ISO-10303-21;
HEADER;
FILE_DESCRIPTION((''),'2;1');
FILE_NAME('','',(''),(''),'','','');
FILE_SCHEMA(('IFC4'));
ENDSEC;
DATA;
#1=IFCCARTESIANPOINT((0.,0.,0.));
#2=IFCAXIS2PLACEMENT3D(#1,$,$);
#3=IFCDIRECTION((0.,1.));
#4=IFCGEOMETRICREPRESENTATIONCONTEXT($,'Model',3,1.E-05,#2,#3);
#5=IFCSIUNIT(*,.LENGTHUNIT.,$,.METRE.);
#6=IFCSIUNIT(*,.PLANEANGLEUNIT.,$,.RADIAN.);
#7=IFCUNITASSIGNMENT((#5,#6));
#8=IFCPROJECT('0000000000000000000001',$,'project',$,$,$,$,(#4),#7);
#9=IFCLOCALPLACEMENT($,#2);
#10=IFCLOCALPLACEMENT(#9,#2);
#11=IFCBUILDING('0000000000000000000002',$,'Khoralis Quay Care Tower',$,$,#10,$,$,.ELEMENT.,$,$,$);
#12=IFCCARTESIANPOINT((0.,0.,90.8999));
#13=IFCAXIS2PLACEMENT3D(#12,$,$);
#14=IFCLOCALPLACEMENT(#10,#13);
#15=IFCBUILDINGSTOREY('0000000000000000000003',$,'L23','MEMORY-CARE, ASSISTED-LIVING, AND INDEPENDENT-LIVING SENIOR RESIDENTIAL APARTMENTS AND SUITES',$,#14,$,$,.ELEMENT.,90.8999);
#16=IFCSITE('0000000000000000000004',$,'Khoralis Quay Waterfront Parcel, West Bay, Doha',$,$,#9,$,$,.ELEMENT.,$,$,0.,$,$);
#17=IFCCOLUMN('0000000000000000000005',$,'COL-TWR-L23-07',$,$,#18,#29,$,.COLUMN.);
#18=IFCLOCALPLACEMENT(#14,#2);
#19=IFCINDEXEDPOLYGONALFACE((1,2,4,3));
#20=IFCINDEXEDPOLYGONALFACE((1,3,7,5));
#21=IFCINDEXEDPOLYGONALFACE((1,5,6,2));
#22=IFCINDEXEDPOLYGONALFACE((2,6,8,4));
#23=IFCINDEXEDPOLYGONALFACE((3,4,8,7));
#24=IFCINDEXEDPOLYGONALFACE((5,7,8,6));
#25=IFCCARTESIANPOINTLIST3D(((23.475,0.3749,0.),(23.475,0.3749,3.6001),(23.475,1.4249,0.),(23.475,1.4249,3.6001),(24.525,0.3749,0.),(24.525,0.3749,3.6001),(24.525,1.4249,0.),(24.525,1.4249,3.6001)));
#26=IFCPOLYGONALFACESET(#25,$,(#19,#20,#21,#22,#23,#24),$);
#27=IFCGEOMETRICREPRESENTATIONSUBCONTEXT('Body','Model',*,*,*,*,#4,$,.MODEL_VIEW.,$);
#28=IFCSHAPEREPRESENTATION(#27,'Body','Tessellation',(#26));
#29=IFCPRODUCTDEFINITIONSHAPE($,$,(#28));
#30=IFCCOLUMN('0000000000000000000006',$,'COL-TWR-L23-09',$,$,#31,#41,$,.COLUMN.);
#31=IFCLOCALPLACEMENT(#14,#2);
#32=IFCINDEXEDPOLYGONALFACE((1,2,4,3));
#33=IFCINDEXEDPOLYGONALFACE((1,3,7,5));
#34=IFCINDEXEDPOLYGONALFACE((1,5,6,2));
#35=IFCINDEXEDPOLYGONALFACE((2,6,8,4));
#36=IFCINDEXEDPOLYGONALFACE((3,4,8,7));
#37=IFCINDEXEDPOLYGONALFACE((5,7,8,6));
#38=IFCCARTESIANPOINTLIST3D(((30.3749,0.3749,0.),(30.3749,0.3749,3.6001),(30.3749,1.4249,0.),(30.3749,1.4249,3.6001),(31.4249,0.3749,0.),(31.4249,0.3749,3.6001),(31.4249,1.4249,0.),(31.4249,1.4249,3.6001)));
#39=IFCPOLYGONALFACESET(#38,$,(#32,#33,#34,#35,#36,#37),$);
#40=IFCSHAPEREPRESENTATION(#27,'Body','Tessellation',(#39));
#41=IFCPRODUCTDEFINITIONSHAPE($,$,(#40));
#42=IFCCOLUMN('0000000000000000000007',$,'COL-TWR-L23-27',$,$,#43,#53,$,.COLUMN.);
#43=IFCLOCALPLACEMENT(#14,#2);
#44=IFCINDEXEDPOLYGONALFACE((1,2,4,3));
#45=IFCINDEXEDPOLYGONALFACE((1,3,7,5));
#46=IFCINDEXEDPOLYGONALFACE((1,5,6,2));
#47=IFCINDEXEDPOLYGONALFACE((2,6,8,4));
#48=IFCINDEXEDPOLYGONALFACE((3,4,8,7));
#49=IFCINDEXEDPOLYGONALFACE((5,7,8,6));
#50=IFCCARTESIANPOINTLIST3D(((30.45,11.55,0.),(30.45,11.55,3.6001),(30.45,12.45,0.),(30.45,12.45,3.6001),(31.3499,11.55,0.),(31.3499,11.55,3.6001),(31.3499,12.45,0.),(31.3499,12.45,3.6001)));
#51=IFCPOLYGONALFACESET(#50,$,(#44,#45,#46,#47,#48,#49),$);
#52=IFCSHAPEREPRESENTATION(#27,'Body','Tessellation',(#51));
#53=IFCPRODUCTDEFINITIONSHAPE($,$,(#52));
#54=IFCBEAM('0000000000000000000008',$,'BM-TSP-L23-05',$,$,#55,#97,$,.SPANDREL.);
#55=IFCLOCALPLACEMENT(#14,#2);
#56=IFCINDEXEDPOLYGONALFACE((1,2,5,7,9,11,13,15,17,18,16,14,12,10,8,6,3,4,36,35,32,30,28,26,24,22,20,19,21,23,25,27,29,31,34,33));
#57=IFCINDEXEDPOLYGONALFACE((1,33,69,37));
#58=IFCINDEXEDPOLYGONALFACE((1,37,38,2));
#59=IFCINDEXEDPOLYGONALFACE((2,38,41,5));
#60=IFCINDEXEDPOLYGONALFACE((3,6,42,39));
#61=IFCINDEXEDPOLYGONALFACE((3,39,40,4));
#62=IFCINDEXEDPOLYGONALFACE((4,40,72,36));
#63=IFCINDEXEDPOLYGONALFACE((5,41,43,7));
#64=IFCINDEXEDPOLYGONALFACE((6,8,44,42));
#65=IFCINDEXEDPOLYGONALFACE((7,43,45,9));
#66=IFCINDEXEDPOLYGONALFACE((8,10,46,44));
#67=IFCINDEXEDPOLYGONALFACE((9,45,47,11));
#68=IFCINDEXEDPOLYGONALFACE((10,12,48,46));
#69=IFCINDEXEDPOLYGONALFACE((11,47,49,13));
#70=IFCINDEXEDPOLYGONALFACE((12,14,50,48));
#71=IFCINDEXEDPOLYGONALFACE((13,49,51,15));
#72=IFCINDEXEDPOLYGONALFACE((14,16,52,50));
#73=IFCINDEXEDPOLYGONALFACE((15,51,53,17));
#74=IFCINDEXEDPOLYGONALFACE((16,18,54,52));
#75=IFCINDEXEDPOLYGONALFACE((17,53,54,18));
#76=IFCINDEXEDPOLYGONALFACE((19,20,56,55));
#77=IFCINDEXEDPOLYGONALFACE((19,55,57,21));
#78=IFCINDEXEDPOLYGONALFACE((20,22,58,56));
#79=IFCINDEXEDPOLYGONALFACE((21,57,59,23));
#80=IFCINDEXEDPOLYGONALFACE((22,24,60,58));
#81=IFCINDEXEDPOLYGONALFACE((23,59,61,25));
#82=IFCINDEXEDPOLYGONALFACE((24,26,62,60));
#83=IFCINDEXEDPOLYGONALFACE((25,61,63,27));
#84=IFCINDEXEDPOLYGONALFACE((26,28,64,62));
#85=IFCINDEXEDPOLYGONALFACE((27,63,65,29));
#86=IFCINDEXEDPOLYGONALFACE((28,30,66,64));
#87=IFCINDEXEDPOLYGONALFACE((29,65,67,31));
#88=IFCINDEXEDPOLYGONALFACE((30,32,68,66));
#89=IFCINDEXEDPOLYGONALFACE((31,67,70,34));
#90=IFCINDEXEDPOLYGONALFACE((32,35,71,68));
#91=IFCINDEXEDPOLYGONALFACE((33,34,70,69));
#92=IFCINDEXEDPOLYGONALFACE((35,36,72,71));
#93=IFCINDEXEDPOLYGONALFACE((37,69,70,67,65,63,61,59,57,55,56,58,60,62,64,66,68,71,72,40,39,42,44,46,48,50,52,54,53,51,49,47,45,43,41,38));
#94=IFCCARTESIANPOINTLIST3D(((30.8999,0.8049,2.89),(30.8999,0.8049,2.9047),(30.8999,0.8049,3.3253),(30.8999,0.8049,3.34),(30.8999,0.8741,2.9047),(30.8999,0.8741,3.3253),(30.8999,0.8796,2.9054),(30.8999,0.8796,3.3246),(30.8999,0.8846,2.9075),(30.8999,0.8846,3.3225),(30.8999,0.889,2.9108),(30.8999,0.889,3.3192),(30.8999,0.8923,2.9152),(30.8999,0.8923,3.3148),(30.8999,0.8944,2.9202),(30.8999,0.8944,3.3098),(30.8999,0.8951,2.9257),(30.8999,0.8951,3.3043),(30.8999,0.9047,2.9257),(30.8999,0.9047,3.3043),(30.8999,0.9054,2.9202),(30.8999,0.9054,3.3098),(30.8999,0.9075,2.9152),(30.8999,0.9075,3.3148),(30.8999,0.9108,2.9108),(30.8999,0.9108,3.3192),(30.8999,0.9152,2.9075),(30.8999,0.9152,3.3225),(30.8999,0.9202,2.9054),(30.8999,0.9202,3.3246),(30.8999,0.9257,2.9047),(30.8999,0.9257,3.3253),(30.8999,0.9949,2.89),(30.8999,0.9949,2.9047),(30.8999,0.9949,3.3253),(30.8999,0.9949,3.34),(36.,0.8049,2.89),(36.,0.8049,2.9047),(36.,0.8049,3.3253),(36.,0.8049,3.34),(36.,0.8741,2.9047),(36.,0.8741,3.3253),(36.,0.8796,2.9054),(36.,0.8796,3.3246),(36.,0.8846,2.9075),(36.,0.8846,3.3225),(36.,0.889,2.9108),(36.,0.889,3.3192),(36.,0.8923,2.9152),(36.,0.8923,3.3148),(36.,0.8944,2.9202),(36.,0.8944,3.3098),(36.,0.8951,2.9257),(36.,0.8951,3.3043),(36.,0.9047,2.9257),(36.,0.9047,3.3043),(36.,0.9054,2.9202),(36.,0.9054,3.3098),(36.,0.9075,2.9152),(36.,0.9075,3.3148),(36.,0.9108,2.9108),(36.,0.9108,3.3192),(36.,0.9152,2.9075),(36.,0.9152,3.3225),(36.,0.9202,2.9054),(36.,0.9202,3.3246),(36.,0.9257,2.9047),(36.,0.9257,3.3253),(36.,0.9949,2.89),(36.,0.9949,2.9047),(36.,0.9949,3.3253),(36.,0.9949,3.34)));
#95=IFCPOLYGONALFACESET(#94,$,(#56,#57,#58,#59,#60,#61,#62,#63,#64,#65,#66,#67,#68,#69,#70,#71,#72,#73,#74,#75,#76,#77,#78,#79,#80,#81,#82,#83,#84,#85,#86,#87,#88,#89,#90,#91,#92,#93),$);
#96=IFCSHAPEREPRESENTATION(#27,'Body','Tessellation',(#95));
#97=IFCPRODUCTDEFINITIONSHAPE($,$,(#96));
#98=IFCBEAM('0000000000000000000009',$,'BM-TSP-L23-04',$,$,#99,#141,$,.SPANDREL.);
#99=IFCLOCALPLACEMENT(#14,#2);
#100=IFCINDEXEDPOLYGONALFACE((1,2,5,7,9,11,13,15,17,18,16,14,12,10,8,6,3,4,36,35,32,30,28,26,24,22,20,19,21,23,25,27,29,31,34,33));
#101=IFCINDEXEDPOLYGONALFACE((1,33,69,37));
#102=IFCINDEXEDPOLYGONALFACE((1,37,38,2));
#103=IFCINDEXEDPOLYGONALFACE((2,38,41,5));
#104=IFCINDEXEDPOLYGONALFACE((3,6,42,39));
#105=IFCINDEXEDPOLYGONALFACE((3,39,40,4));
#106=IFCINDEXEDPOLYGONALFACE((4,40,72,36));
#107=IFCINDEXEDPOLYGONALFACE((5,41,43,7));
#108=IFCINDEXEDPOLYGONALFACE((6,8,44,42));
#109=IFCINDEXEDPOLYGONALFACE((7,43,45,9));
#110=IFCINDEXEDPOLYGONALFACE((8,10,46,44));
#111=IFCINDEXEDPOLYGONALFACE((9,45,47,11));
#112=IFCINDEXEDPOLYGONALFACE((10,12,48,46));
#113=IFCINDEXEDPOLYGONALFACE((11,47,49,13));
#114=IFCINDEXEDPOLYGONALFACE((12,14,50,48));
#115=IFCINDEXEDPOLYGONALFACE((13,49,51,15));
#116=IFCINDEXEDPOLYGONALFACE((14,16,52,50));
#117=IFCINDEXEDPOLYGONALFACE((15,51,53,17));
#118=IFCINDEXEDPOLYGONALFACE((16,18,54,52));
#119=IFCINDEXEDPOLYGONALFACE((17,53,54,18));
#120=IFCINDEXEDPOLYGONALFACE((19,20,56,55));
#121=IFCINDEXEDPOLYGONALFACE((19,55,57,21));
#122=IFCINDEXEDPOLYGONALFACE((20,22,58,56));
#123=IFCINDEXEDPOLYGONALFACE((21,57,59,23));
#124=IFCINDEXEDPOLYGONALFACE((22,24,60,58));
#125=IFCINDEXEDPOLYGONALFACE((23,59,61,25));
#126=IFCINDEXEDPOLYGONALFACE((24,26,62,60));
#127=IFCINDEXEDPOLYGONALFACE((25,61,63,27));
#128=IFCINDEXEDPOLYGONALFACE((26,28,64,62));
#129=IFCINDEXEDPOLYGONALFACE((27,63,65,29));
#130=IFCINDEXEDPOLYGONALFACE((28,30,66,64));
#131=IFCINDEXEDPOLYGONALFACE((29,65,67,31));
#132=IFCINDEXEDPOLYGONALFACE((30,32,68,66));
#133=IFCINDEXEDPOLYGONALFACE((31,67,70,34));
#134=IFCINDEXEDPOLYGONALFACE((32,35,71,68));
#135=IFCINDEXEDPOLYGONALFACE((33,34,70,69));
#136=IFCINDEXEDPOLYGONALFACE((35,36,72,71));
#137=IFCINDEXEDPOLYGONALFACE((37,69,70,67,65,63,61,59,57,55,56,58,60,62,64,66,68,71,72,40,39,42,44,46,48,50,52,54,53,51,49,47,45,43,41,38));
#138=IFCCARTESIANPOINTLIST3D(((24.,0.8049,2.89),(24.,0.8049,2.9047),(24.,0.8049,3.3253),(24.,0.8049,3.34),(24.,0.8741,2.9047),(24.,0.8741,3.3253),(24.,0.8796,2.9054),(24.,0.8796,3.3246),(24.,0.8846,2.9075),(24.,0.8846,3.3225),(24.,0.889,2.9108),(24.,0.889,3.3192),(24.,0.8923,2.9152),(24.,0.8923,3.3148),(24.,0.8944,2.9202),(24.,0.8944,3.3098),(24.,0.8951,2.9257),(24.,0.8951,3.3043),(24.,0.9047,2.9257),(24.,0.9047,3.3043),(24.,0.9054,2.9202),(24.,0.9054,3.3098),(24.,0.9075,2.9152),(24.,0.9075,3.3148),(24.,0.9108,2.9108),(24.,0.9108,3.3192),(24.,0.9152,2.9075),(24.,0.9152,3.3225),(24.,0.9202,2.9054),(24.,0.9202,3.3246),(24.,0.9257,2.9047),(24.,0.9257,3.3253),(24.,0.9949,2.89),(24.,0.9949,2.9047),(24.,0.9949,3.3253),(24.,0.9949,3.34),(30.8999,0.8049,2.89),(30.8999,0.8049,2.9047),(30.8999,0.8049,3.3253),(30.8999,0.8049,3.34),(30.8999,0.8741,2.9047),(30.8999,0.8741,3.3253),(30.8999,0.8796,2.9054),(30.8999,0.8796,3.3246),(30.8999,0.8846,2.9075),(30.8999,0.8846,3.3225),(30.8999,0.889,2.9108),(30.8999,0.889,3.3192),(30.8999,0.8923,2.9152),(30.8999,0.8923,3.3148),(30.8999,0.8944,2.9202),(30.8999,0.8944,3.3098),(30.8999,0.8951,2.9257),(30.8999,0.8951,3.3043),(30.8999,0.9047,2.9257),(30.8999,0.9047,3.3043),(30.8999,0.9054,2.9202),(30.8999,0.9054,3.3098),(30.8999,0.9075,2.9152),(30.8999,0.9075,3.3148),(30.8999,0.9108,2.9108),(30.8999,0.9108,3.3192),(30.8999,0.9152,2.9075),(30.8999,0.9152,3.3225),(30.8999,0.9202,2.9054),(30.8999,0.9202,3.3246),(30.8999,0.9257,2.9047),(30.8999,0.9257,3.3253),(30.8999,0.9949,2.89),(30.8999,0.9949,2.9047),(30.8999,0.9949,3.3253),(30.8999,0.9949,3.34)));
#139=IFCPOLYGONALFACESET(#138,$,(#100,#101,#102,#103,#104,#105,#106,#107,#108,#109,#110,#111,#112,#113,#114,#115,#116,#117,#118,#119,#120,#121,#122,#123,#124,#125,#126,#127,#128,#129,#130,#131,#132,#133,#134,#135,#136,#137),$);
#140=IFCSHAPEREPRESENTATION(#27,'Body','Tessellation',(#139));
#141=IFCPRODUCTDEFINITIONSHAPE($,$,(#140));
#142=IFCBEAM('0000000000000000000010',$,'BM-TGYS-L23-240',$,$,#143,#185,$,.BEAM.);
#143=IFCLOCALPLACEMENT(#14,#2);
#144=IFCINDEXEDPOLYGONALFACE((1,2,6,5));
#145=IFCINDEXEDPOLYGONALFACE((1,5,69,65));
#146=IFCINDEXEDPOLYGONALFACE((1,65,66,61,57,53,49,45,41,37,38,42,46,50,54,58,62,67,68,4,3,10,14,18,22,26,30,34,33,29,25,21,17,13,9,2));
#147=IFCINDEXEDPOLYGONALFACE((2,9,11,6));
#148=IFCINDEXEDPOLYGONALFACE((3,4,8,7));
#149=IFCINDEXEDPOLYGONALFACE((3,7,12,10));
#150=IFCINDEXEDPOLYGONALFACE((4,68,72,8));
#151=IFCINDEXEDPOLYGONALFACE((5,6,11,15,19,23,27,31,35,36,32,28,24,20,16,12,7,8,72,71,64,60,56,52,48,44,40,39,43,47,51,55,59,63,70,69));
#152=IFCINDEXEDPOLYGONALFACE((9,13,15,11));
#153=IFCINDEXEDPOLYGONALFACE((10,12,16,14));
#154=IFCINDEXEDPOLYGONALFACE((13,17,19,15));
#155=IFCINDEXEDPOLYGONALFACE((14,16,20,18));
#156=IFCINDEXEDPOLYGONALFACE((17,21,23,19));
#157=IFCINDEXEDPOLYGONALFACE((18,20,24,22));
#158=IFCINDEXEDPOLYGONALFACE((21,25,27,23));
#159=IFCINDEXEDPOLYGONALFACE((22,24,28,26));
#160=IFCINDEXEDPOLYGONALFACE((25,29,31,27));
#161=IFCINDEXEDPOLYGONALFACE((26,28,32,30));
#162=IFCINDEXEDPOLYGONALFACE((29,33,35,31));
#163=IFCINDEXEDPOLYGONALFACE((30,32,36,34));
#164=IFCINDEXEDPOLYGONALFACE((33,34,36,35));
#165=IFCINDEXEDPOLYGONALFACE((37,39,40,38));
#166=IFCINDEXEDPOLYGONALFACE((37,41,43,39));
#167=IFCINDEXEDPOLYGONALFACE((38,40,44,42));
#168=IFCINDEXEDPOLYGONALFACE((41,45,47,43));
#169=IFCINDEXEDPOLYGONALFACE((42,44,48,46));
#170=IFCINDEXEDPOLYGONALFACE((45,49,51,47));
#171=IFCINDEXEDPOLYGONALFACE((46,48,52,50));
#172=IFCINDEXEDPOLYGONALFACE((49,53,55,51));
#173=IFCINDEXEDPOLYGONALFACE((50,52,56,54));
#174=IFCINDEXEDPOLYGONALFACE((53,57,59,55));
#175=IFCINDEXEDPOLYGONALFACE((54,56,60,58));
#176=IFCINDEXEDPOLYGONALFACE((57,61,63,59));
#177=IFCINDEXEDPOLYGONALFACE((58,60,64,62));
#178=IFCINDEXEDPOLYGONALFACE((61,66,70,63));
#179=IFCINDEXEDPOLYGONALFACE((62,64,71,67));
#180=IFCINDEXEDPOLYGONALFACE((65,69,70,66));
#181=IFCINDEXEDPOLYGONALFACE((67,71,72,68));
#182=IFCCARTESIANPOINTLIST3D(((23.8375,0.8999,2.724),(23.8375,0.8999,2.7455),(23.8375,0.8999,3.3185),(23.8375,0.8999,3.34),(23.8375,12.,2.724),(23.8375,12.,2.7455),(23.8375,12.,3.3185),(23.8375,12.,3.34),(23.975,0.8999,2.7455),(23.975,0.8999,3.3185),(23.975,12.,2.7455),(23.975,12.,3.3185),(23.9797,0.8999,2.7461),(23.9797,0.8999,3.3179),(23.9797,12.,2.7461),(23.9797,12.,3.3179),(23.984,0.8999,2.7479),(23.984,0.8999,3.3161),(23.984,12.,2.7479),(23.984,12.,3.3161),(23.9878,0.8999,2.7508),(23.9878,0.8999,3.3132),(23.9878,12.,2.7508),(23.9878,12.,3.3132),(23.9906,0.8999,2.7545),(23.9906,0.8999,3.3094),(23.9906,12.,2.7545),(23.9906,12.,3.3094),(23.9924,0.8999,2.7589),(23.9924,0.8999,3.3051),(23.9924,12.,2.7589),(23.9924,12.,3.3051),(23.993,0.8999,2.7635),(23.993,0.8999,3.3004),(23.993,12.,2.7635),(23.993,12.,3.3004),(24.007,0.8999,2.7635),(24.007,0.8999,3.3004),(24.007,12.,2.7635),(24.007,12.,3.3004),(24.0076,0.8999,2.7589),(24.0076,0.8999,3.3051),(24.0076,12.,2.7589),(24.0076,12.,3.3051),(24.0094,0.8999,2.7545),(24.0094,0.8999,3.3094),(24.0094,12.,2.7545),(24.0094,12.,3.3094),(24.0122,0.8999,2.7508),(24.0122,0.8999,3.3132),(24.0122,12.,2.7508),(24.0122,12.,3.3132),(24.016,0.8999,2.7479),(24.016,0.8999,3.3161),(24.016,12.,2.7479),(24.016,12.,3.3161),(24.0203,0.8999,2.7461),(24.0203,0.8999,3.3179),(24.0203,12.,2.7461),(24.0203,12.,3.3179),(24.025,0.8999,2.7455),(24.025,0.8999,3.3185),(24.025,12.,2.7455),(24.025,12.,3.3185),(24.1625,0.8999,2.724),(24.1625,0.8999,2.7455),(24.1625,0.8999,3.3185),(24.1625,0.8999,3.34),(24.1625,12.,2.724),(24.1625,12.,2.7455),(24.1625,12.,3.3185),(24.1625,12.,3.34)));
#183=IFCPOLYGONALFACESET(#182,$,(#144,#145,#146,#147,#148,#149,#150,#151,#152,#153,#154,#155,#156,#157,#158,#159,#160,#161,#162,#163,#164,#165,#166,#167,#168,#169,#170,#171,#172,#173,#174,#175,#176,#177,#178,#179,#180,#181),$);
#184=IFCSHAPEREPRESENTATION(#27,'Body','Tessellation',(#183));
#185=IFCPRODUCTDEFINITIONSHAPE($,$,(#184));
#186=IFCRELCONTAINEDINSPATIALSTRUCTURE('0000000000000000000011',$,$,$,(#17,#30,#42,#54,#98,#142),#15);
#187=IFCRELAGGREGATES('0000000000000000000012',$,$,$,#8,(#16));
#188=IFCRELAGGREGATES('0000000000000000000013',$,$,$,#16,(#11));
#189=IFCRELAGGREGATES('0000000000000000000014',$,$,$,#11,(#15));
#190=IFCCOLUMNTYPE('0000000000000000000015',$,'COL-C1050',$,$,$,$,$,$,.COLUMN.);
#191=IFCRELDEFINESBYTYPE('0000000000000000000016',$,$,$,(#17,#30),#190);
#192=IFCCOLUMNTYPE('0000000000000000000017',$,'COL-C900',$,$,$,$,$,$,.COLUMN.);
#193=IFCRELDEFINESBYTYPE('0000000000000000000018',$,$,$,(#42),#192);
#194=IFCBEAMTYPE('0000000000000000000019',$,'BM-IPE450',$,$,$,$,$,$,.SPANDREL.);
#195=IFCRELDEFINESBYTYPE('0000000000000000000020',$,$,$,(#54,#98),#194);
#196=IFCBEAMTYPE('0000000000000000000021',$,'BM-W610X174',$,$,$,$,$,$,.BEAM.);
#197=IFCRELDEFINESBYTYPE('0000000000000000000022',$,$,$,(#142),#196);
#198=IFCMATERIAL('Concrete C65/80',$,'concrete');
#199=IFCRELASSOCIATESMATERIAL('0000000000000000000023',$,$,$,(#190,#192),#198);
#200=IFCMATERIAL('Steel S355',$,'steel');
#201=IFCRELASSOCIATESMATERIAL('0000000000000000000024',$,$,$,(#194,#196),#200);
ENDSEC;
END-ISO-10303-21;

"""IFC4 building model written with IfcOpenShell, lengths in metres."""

from ifc_helpers import new_model, si_unit, direction, frame, origin, origin_2d, place, context, subcontext, project, spatial, rectangle, i_section, extrude, source, transform, mapped, material, material_profile, profile_set, type_object, element, save


model = new_model("IFC4")

# Units and contexts
model_context = context("Model", 3, precision=1e-05, world=origin(), true_north=direction((0.0, 1.0)))
body_context = subcontext(model_context, "Body", "Model", "MODEL_VIEW")
ifc_project = project(units=[si_unit("LENGTHUNIT", "METRE"), si_unit("PLANEANGLEUNIT", "RADIAN")], contexts=[model_context])

# Site, building, storey
site_placement = place(None, origin())
site = spatial("IfcSite", under=ifc_project, at=site_placement, Name="Khoralis Quay Waterfront Parcel, West Bay, Doha", CompositionType="ELEMENT", RefElevation=0.0)
building_placement = place(site_placement, origin())
building = spatial("IfcBuilding", under=site, at=building_placement, Name="Khoralis Quay Care Tower", CompositionType="ELEMENT")
storey_placement = place(building_placement, frame((0.0, 0.0, 90.8999)))
storey = spatial("IfcBuildingStorey", under=building, at=storey_placement, Name="L23", Description="MEMORY-CARE, ASSISTED-LIVING, AND INDEPENDENT-LIVING SENIOR RESIDENTIAL APARTMENTS AND SUITES", CompositionType="ELEMENT", Elevation=90.8999)

# Columns
ifc_material_1 = material(Name="Concrete C65/80", Category="concrete")
ifc_material_profile_1 = material_profile(ifc_material_1, rectangle(XDim=1.05, YDim=1.05, at=origin_2d()), Name="Concrete C65/80")
ifc_profile_set_1 = profile_set([ifc_material_profile_1], Name="Concrete C65/80")
column_type_1 = type_object("IfcColumnType", Name="COL-C1050", PredefinedType="COLUMN", material=ifc_profile_set_1)
shared_shape_1 = source(origin(), body_context, "Body", "SweptSolid", [
    extrude(rectangle(XDim=1.05, YDim=1.05, at=origin_2d()), origin(), (0.0, 0.0, 1.0), 3.6001),
])
for number, where, z_axis, x_axis, name in (
    (1, (24.0, 0.8999, 0.0), (0.0, 0.0, 1.0), (1.0, 0.0, 0.0), "COL-TWR-L23-07"),
    (2, (30.8999, 0.8999, 0.0), (0.0, 0.0, 1.0), (1.0, 0.0, 0.0), "COL-TWR-L23-09"),
):
    element("IfcColumn", number, at=place(storey_placement, frame(where, z_axis=z_axis, x_axis=x_axis)), inside=storey, type_object=column_type_1, Name=name, PredefinedType="COLUMN", context=body_context, shape_type="MappedRepresentation", body=[
        mapped(shared_shape_1, transform((0.0, 0.0, 0.0), scale=1.0)),
    ])
ifc_material_profile_2 = material_profile(ifc_material_1, rectangle(XDim=0.8999, YDim=0.8999, at=origin_2d()), Name="Concrete C65/80")
ifc_profile_set_2 = profile_set([ifc_material_profile_2], Name="Concrete C65/80")
column_type_2 = type_object("IfcColumnType", Name="COL-C900", PredefinedType="COLUMN", material=ifc_profile_set_2)
shared_shape_2 = source(origin(), body_context, "Body", "SweptSolid", [
    extrude(rectangle(XDim=0.8999, YDim=0.8999, at=origin_2d()), origin(), (0.0, 0.0, 1.0), 3.6001),
])
column_placement = place(storey_placement, frame((30.8999, 12.0, 0.0), z_axis=(0.0, 0.0, 1.0), x_axis=(1.0, 0.0, 0.0)))
element("IfcColumn", 3, at=column_placement, inside=storey, type_object=column_type_2, Name="COL-TWR-L23-27", PredefinedType="COLUMN", context=body_context, shape_type="MappedRepresentation", body=[
    mapped(shared_shape_2, transform((0.0, 0.0, 0.0), scale=1.0)),
])

# Beams
ifc_material_2 = material(Name="Steel S355", Category="steel")
ifc_material_profile_3 = material_profile(ifc_material_2, i_section(OverallWidth=0.1899, OverallDepth=0.45, WebThickness=0.0095, FlangeThickness=0.0146, FilletRadius=0.021, at=origin_2d()), Name="Steel S355")
ifc_profile_set_3 = profile_set([ifc_material_profile_3], Name="Steel S355")
beam_type_1 = type_object("IfcBeamType", Name="BM-IPE450", PredefinedType="SPANDREL", material=ifc_profile_set_3)
shared_shape_3 = source(origin(), body_context, "Body", "SweptSolid", [
    extrude(i_section(OverallWidth=0.1899, OverallDepth=0.45, WebThickness=0.0095, FlangeThickness=0.0146, FilletRadius=0.021, at=origin_2d()), origin(), (0.0, 0.0, 1.0), 5.1001),
])
beam_1_placement = place(storey_placement, frame((30.8999, 0.8999, 3.115), z_axis=(1.0, 0.0, 0.0), x_axis=(0.0, 1.0, 0.0)))
element("IfcBeam", 4, at=beam_1_placement, inside=storey, type_object=beam_type_1, Name="BM-TSP-L23-05", PredefinedType="SPANDREL", context=body_context, shape_type="MappedRepresentation", body=[
    mapped(shared_shape_3, transform((0.0, 0.0, 0.0), scale=1.0)),
])
shared_shape_4 = source(origin(), body_context, "Body", "SweptSolid", [
    extrude(i_section(OverallWidth=0.1899, OverallDepth=0.45, WebThickness=0.0095, FlangeThickness=0.0146, FilletRadius=0.021, at=origin_2d()), origin(), (0.0, 0.0, 1.0), 6.8999),
])
beam_2_placement = place(storey_placement, frame((24.0, 0.8999, 3.115), z_axis=(1.0, 0.0, 0.0), x_axis=(0.0, 1.0, 0.0)))
element("IfcBeam", 5, at=beam_2_placement, inside=storey, type_object=beam_type_1, Name="BM-TSP-L23-04", PredefinedType="SPANDREL", context=body_context, shape_type="MappedRepresentation", body=[
    mapped(shared_shape_4, transform((0.0, 0.0, 0.0), scale=1.0)),
])
ifc_material_profile_4 = material_profile(ifc_material_2, i_section(OverallWidth=0.325, OverallDepth=0.616, WebThickness=0.0139, FlangeThickness=0.0215, FilletRadius=0.0181, at=origin_2d()), Name="Steel S355")
ifc_profile_set_4 = profile_set([ifc_material_profile_4], Name="Steel S355")
beam_type_2 = type_object("IfcBeamType", Name="BM-W610X174", PredefinedType="BEAM", material=ifc_profile_set_4)
shared_shape_5 = source(origin(), body_context, "Body", "SweptSolid", [
    extrude(i_section(OverallWidth=0.325, OverallDepth=0.616, WebThickness=0.0139, FlangeThickness=0.0215, FilletRadius=0.0181, at=origin_2d()), origin(), (0.0, 0.0, 1.0), 11.1001),
])
for number, where, z_axis, x_axis, name in (
    (6, (24.0, 0.8999, 3.032), (0.0, 1.0, 0.0), (-1.0, 0.0, 0.0), "BM-TGYS-L23-240"),
):
    element("IfcBeam", number, at=place(storey_placement, frame(where, z_axis=z_axis, x_axis=x_axis)), inside=storey, type_object=beam_type_2, Name=name, PredefinedType="BEAM", context=body_context, shape_type="MappedRepresentation", body=[
        mapped(shared_shape_5, transform((0.0, 0.0, 0.0), scale=1.0)),
    ])

save(model, "model.ifc")
